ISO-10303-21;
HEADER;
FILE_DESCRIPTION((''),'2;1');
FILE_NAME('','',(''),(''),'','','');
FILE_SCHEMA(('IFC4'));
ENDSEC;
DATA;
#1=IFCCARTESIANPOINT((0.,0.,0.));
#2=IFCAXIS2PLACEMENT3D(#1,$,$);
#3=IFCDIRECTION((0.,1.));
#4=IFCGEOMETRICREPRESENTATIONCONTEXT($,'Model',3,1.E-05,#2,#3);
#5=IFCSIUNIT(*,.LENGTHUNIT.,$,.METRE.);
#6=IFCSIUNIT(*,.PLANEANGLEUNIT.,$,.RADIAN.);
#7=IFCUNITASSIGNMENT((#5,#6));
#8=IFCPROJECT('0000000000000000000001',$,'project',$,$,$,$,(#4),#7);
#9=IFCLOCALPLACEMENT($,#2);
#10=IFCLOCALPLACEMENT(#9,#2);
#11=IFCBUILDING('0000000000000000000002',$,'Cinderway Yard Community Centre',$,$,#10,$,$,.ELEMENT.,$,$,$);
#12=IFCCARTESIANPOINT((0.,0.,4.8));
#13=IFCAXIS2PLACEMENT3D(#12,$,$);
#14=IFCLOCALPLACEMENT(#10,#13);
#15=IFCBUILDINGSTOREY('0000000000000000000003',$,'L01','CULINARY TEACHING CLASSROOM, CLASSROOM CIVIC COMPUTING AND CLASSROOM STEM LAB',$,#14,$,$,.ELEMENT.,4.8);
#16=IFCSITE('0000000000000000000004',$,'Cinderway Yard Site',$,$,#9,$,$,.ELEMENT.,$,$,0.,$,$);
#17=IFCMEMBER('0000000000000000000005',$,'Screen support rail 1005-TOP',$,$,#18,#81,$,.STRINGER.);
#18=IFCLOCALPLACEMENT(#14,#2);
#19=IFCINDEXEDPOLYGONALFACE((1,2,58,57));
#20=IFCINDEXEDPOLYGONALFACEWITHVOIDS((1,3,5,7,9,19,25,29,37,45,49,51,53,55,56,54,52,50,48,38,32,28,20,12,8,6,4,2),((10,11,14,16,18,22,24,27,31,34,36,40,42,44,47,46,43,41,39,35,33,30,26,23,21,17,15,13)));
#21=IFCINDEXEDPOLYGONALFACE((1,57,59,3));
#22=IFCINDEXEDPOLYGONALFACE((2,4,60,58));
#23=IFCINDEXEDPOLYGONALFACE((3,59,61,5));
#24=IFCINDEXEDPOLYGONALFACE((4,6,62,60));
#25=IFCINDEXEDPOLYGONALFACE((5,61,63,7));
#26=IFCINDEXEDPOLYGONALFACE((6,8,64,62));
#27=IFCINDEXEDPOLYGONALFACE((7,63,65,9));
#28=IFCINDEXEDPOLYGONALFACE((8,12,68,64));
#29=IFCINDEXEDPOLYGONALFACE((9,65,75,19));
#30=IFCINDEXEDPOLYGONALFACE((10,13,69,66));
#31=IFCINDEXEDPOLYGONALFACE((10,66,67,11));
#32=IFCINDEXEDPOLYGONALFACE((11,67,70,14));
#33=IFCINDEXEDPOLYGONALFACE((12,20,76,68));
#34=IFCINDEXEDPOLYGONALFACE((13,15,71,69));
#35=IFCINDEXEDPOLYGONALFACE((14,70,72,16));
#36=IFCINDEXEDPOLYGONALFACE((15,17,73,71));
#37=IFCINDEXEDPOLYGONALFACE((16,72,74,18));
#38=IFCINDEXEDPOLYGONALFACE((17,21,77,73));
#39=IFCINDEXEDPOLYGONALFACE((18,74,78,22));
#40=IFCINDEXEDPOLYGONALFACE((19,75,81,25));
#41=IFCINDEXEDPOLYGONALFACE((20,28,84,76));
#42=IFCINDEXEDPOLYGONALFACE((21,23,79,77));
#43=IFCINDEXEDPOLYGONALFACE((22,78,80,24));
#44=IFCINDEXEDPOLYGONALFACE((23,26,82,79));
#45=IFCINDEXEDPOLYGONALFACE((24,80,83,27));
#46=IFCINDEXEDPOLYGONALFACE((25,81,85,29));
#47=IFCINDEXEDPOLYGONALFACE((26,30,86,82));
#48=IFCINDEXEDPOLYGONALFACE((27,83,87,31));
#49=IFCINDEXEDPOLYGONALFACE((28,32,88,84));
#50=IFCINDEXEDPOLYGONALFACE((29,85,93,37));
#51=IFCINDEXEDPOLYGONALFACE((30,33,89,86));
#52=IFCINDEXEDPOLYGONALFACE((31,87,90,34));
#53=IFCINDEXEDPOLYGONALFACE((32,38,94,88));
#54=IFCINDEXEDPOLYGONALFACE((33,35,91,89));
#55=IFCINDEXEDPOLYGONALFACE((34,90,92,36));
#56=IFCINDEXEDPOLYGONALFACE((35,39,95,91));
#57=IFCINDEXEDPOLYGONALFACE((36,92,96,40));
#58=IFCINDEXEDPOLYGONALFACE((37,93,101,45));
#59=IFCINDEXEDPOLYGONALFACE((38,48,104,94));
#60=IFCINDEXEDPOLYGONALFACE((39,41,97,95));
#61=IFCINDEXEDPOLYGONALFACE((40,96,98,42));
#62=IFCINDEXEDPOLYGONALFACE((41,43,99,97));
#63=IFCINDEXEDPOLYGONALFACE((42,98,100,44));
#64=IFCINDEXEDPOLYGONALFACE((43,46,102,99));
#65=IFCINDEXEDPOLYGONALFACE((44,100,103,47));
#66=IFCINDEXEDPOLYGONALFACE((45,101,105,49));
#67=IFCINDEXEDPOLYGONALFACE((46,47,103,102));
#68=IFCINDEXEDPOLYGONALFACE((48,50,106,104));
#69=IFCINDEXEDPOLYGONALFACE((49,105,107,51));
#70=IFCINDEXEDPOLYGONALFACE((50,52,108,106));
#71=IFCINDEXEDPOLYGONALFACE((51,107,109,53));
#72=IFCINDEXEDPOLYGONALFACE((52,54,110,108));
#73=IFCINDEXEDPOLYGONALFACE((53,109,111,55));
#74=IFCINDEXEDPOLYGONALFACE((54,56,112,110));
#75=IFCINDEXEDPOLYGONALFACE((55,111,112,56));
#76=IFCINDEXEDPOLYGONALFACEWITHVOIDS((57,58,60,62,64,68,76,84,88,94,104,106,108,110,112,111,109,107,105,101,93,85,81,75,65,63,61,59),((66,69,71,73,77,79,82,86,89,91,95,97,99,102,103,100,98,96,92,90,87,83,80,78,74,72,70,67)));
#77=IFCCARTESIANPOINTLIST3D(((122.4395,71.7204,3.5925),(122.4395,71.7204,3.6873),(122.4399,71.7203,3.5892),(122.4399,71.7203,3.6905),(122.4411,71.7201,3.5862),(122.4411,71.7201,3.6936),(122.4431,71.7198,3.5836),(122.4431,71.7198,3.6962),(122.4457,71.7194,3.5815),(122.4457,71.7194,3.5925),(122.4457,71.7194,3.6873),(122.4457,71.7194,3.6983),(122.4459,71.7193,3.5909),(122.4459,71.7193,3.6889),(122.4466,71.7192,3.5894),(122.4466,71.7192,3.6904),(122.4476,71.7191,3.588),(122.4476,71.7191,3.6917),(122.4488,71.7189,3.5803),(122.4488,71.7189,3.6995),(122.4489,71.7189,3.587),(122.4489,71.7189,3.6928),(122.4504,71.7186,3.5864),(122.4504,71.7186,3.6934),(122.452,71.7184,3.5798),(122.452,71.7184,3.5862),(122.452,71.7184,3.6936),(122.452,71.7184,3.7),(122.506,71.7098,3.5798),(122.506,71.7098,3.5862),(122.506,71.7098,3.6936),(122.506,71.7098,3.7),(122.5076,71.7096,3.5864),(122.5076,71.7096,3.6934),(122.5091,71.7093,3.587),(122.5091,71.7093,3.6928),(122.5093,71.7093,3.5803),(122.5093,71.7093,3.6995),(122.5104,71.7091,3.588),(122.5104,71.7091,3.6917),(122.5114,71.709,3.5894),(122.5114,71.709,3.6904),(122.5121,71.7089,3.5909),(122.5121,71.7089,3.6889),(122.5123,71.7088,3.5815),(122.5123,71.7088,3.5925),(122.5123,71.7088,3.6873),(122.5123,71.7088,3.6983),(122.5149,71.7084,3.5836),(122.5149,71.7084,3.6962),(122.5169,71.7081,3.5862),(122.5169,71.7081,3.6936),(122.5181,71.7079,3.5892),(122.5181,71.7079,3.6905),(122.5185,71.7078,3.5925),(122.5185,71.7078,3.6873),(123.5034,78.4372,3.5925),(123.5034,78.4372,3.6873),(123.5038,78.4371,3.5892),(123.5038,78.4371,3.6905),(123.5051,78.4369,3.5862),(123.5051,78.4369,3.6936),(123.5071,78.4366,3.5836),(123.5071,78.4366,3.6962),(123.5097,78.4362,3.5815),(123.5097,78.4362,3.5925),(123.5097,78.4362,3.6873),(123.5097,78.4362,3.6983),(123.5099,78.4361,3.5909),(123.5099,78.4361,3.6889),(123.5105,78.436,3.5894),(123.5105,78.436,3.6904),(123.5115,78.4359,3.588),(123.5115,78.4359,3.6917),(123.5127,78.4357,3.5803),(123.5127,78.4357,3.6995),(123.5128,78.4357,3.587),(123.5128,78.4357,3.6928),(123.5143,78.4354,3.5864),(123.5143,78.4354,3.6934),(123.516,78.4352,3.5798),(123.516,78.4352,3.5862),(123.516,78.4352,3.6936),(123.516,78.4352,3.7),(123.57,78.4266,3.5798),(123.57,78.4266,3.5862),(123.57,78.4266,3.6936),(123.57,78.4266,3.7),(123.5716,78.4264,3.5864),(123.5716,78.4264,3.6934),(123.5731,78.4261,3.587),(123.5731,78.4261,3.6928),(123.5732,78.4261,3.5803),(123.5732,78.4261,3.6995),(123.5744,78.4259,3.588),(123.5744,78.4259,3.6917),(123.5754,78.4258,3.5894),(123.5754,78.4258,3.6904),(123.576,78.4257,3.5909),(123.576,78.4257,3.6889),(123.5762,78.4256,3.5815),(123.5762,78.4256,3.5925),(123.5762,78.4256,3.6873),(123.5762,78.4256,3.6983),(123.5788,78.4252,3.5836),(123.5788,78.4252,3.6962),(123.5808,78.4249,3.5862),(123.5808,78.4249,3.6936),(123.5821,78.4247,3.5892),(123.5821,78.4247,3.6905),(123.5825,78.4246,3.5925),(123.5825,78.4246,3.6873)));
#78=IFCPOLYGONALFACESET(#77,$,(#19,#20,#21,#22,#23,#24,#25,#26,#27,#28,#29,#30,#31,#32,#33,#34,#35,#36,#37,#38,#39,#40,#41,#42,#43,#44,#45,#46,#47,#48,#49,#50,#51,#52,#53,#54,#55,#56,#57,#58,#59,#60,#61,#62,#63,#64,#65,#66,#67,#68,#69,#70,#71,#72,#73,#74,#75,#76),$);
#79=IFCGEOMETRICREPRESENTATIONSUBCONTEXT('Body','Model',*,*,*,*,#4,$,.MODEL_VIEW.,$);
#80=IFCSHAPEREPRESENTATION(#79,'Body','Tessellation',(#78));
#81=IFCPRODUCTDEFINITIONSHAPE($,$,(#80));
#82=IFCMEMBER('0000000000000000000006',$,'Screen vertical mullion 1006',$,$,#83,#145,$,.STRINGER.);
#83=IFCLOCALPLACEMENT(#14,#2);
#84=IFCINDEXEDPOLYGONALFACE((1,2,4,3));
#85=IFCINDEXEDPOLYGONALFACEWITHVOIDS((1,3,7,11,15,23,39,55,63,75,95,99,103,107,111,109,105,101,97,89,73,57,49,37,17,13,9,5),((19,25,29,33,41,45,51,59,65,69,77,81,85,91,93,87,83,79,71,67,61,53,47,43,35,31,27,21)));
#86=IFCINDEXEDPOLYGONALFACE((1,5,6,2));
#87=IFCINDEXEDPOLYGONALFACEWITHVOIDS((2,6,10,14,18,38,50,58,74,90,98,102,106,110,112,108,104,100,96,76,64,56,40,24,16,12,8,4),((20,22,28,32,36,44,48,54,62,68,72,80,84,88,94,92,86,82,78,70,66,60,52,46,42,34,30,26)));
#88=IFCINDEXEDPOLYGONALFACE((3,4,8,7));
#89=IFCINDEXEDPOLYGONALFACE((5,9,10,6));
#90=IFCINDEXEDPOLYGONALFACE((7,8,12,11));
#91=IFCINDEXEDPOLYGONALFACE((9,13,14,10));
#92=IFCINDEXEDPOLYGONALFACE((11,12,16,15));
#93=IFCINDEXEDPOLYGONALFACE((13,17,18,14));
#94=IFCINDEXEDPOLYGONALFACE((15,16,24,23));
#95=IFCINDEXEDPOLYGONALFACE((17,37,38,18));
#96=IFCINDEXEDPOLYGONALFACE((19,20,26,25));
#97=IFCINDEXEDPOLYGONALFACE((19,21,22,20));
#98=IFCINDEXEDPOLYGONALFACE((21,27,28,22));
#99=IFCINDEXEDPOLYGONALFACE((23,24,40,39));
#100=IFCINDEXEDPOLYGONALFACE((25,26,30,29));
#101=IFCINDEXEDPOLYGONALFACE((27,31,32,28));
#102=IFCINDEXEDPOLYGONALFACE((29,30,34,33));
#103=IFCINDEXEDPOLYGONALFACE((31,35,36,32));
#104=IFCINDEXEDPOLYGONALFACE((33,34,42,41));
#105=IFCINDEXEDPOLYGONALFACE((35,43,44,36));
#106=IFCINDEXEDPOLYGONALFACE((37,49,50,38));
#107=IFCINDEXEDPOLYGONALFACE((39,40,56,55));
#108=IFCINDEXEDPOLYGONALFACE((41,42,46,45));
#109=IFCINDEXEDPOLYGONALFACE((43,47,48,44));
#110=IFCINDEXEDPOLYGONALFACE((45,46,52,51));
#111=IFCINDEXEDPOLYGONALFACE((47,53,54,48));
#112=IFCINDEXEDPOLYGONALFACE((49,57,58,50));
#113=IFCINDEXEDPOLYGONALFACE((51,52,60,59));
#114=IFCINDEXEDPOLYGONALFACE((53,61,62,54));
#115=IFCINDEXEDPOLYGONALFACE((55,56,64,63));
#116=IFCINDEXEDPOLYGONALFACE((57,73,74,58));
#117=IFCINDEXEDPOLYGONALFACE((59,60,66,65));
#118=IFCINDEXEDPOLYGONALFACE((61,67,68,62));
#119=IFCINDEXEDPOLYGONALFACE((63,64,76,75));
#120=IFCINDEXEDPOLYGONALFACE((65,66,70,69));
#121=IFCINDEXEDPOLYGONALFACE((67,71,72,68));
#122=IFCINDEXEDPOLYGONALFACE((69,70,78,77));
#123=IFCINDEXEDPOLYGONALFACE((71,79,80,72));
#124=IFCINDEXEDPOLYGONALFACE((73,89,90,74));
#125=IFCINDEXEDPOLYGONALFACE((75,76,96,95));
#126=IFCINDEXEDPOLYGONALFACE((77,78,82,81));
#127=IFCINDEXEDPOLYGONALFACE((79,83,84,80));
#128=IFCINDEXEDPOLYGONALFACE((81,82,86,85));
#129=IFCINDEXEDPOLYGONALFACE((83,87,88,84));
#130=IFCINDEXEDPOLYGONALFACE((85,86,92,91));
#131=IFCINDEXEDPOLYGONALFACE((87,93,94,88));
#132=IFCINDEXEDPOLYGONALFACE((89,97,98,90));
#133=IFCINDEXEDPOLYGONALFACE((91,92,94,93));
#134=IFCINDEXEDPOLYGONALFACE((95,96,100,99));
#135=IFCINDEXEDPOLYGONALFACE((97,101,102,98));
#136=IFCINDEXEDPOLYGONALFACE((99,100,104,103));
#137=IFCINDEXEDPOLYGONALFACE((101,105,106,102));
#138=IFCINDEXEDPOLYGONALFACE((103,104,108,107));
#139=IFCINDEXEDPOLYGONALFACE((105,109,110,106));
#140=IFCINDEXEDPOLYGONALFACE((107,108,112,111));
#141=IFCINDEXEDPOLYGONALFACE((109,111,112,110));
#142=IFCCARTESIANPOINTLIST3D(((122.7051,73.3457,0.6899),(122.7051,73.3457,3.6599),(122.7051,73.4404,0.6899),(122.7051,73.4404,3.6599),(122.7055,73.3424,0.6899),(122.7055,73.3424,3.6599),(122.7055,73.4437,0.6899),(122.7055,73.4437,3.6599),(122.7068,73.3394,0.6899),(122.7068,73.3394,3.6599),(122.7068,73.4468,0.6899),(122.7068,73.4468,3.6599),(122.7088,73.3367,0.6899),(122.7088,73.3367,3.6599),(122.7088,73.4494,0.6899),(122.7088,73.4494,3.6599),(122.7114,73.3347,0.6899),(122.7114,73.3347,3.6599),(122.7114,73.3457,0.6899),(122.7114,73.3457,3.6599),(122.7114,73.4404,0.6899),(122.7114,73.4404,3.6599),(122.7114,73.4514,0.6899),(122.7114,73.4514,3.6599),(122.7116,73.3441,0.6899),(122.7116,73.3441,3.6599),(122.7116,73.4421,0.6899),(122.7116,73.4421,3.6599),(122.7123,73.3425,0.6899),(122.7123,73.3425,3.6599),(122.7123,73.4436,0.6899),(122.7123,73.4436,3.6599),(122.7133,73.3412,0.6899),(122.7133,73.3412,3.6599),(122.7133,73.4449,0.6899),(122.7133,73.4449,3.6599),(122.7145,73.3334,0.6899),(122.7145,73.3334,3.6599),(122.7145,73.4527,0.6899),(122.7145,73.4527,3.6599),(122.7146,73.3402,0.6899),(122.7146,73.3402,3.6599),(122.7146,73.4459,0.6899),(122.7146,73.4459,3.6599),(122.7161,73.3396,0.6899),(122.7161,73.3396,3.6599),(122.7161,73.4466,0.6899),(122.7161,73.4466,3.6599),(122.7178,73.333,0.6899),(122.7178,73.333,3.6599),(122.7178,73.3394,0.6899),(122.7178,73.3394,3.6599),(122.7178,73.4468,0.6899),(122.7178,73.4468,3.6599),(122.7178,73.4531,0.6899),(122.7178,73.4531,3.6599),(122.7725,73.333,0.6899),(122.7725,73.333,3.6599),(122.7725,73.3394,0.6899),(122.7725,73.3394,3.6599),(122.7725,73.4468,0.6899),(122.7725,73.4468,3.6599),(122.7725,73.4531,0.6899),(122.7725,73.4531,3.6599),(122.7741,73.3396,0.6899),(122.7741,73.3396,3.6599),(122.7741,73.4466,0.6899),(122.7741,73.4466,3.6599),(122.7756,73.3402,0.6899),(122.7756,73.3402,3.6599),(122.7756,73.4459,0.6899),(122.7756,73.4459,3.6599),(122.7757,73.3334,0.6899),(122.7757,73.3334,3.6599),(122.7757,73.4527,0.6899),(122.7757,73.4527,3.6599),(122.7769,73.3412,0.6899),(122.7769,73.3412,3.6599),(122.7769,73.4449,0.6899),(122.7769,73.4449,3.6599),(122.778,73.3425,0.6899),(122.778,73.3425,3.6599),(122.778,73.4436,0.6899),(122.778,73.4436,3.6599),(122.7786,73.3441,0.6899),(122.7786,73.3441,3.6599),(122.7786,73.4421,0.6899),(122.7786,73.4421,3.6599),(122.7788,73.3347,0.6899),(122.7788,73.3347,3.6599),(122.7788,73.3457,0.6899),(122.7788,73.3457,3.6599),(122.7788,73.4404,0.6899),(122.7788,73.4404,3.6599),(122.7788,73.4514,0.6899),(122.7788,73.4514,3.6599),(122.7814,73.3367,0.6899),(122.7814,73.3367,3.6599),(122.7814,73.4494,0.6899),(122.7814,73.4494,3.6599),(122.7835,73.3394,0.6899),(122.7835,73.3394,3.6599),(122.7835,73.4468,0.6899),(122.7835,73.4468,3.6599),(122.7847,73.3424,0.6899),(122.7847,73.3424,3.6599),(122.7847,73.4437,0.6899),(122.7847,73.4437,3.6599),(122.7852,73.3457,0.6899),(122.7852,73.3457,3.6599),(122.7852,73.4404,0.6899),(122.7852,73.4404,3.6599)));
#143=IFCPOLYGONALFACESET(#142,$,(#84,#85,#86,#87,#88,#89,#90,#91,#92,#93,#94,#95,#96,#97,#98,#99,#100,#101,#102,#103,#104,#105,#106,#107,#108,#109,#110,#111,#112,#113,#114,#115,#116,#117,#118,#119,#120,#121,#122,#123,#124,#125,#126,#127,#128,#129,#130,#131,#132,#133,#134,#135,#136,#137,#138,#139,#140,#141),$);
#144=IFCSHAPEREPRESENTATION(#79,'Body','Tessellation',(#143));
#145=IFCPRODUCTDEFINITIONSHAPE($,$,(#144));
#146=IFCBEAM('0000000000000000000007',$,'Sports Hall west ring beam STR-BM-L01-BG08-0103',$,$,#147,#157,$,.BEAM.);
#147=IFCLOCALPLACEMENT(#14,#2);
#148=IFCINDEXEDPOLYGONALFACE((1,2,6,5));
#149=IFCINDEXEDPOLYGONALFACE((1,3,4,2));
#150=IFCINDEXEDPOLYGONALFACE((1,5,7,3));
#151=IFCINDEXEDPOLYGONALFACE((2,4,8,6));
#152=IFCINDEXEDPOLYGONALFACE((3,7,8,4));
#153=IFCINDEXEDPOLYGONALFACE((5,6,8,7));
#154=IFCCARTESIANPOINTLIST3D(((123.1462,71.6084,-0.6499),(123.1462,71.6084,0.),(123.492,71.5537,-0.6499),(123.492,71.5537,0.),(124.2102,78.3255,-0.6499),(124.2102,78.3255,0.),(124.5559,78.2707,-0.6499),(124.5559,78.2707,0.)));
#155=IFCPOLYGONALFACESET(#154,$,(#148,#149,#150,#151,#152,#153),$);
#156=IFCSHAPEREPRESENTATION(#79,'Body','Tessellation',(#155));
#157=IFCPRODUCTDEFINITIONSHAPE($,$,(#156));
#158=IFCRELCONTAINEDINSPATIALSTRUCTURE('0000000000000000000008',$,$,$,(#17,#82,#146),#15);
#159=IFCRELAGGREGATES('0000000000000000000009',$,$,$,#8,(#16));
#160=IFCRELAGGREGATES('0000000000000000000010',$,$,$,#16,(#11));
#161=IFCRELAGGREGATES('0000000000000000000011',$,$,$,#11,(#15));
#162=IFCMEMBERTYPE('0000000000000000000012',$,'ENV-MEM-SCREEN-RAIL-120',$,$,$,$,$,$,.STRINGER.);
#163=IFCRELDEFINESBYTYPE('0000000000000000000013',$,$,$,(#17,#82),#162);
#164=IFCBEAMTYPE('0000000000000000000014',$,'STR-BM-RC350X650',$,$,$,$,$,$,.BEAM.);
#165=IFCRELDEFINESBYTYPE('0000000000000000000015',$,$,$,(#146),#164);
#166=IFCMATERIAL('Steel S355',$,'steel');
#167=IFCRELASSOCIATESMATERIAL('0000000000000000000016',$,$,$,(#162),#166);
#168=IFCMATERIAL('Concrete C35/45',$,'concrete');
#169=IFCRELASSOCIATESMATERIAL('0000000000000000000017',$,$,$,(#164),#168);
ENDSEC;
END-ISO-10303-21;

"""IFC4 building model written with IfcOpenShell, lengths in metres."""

from ifc_helpers import new_model, si_unit, direction, frame, origin, origin_2d, place, context, subcontext, project, spatial, rectangle, hollow_rectangle, extrude, material, material_profile, profile_set, type_object, element, save


model = new_model("IFC4")

# Units and contexts
model_context = context("Model", 3, precision=1e-05, world=origin(), true_north=direction((0.0, 1.0)))
body_context = subcontext(model_context, "Body", "Model", "MODEL_VIEW")
ifc_project = project(units=[si_unit("LENGTHUNIT", "METRE"), si_unit("PLANEANGLEUNIT", "RADIAN")], contexts=[model_context])

# Site, building, storey
site_placement = place(None, origin())
site = spatial("IfcSite", under=ifc_project, at=site_placement, Name="Cinderway Yard Site", CompositionType="ELEMENT", RefElevation=0.0)
building_placement = place(site_placement, origin())
building = spatial("IfcBuilding", under=site, at=building_placement, Name="Cinderway Yard Community Centre", CompositionType="ELEMENT")
storey_placement = place(building_placement, frame((0.0, 0.0, 4.8)))
storey = spatial("IfcBuildingStorey", under=building, at=storey_placement, Name="L01", Description="CULINARY TEACHING CLASSROOM, CLASSROOM CIVIC COMPUTING AND CLASSROOM STEM LAB", CompositionType="ELEMENT", Elevation=4.8)

# Members
ifc_material_1 = material(Name="Steel S355", Category="steel")
ifc_material_profile_1 = material_profile(ifc_material_1, hollow_rectangle(XDim=0.0801, YDim=0.1201, WallThickness=0.0063, InnerFilletRadius=0.0063, OuterFilletRadius=0.0127, at=origin_2d()), Name="Steel S355")
ifc_profile_set_1 = profile_set([ifc_material_profile_1], Name="Steel S355")
member_type_1 = type_object("IfcMemberType", Name="ENV-MEM-SCREEN-RAIL-120", PredefinedType="STRINGER", material=ifc_profile_set_1)
for number, where, z_axis, x_axis, name in (
    (1, (122.479, 71.7141, 3.6399), (0.156453, 0.987685, 0.0), (-0.987685, 0.156453, 0.0), "Screen support rail 1005-TOP"),
):
    element("IfcMember", number, at=place(storey_placement, frame(where, z_axis=z_axis, x_axis=x_axis)), inside=storey, type_object=member_type_1, Name=name, PredefinedType="STRINGER", context=body_context, shape_type="SweptSolid", body=[
        extrude(hollow_rectangle(XDim=0.0801, YDim=0.1201, WallThickness=0.0063, InnerFilletRadius=0.0063, OuterFilletRadius=0.0127, at=origin_2d()), origin(), (0.0, 0.0, 1.0), 6.8005),
    ])
member_1_placement = place(storey_placement, frame((122.7451, 73.3931, 0.6899), z_axis=(0.0, 0.0, 1.0), x_axis=(1.0, 0.0, 0.0)))
element("IfcMember", 2, at=member_1_placement, inside=storey, type_object=member_type_1, Name="Screen vertical mullion 1006", PredefinedType="STRINGER", context=body_context, shape_type="SweptSolid", body=[
    extrude(hollow_rectangle(XDim=0.0801, YDim=0.1201, WallThickness=0.0063, InnerFilletRadius=0.0063, OuterFilletRadius=0.0127, at=origin_2d()), origin(), (0.0, 0.0, 1.0), 2.97),
])

# Beam
ifc_material_2 = material(Name="Concrete C35/45", Category="concrete")
ifc_material_profile_2 = material_profile(ifc_material_2, rectangle(XDim=0.3501, YDim=0.6499, at=origin_2d()), Name="Concrete C35/45")
ifc_profile_set_2 = profile_set([ifc_material_profile_2], Name="Concrete C35/45")
beam_type = type_object("IfcBeamType", Name="STR-BM-RC350X650", PredefinedType="BEAM", material=ifc_profile_set_2)
beam_placement = place(storey_placement, frame((123.3191, 71.5811, -0.325), z_axis=(0.156447, 0.987686, 0.0), x_axis=(-0.987686, 0.156447, 0.0)))
element("IfcBeam", 3, at=beam_placement, inside=storey, type_object=beam_type, Name="Sports Hall west ring beam STR-BM-L01-BG08-0103", PredefinedType="BEAM", context=body_context, shape_type="SweptSolid", body=[
    extrude(rectangle(XDim=0.3501, YDim=0.6499, at=origin_2d()), origin(), (0.0, 0.0, 1.0), 6.8008),
])

save(model, "model.ifc")
